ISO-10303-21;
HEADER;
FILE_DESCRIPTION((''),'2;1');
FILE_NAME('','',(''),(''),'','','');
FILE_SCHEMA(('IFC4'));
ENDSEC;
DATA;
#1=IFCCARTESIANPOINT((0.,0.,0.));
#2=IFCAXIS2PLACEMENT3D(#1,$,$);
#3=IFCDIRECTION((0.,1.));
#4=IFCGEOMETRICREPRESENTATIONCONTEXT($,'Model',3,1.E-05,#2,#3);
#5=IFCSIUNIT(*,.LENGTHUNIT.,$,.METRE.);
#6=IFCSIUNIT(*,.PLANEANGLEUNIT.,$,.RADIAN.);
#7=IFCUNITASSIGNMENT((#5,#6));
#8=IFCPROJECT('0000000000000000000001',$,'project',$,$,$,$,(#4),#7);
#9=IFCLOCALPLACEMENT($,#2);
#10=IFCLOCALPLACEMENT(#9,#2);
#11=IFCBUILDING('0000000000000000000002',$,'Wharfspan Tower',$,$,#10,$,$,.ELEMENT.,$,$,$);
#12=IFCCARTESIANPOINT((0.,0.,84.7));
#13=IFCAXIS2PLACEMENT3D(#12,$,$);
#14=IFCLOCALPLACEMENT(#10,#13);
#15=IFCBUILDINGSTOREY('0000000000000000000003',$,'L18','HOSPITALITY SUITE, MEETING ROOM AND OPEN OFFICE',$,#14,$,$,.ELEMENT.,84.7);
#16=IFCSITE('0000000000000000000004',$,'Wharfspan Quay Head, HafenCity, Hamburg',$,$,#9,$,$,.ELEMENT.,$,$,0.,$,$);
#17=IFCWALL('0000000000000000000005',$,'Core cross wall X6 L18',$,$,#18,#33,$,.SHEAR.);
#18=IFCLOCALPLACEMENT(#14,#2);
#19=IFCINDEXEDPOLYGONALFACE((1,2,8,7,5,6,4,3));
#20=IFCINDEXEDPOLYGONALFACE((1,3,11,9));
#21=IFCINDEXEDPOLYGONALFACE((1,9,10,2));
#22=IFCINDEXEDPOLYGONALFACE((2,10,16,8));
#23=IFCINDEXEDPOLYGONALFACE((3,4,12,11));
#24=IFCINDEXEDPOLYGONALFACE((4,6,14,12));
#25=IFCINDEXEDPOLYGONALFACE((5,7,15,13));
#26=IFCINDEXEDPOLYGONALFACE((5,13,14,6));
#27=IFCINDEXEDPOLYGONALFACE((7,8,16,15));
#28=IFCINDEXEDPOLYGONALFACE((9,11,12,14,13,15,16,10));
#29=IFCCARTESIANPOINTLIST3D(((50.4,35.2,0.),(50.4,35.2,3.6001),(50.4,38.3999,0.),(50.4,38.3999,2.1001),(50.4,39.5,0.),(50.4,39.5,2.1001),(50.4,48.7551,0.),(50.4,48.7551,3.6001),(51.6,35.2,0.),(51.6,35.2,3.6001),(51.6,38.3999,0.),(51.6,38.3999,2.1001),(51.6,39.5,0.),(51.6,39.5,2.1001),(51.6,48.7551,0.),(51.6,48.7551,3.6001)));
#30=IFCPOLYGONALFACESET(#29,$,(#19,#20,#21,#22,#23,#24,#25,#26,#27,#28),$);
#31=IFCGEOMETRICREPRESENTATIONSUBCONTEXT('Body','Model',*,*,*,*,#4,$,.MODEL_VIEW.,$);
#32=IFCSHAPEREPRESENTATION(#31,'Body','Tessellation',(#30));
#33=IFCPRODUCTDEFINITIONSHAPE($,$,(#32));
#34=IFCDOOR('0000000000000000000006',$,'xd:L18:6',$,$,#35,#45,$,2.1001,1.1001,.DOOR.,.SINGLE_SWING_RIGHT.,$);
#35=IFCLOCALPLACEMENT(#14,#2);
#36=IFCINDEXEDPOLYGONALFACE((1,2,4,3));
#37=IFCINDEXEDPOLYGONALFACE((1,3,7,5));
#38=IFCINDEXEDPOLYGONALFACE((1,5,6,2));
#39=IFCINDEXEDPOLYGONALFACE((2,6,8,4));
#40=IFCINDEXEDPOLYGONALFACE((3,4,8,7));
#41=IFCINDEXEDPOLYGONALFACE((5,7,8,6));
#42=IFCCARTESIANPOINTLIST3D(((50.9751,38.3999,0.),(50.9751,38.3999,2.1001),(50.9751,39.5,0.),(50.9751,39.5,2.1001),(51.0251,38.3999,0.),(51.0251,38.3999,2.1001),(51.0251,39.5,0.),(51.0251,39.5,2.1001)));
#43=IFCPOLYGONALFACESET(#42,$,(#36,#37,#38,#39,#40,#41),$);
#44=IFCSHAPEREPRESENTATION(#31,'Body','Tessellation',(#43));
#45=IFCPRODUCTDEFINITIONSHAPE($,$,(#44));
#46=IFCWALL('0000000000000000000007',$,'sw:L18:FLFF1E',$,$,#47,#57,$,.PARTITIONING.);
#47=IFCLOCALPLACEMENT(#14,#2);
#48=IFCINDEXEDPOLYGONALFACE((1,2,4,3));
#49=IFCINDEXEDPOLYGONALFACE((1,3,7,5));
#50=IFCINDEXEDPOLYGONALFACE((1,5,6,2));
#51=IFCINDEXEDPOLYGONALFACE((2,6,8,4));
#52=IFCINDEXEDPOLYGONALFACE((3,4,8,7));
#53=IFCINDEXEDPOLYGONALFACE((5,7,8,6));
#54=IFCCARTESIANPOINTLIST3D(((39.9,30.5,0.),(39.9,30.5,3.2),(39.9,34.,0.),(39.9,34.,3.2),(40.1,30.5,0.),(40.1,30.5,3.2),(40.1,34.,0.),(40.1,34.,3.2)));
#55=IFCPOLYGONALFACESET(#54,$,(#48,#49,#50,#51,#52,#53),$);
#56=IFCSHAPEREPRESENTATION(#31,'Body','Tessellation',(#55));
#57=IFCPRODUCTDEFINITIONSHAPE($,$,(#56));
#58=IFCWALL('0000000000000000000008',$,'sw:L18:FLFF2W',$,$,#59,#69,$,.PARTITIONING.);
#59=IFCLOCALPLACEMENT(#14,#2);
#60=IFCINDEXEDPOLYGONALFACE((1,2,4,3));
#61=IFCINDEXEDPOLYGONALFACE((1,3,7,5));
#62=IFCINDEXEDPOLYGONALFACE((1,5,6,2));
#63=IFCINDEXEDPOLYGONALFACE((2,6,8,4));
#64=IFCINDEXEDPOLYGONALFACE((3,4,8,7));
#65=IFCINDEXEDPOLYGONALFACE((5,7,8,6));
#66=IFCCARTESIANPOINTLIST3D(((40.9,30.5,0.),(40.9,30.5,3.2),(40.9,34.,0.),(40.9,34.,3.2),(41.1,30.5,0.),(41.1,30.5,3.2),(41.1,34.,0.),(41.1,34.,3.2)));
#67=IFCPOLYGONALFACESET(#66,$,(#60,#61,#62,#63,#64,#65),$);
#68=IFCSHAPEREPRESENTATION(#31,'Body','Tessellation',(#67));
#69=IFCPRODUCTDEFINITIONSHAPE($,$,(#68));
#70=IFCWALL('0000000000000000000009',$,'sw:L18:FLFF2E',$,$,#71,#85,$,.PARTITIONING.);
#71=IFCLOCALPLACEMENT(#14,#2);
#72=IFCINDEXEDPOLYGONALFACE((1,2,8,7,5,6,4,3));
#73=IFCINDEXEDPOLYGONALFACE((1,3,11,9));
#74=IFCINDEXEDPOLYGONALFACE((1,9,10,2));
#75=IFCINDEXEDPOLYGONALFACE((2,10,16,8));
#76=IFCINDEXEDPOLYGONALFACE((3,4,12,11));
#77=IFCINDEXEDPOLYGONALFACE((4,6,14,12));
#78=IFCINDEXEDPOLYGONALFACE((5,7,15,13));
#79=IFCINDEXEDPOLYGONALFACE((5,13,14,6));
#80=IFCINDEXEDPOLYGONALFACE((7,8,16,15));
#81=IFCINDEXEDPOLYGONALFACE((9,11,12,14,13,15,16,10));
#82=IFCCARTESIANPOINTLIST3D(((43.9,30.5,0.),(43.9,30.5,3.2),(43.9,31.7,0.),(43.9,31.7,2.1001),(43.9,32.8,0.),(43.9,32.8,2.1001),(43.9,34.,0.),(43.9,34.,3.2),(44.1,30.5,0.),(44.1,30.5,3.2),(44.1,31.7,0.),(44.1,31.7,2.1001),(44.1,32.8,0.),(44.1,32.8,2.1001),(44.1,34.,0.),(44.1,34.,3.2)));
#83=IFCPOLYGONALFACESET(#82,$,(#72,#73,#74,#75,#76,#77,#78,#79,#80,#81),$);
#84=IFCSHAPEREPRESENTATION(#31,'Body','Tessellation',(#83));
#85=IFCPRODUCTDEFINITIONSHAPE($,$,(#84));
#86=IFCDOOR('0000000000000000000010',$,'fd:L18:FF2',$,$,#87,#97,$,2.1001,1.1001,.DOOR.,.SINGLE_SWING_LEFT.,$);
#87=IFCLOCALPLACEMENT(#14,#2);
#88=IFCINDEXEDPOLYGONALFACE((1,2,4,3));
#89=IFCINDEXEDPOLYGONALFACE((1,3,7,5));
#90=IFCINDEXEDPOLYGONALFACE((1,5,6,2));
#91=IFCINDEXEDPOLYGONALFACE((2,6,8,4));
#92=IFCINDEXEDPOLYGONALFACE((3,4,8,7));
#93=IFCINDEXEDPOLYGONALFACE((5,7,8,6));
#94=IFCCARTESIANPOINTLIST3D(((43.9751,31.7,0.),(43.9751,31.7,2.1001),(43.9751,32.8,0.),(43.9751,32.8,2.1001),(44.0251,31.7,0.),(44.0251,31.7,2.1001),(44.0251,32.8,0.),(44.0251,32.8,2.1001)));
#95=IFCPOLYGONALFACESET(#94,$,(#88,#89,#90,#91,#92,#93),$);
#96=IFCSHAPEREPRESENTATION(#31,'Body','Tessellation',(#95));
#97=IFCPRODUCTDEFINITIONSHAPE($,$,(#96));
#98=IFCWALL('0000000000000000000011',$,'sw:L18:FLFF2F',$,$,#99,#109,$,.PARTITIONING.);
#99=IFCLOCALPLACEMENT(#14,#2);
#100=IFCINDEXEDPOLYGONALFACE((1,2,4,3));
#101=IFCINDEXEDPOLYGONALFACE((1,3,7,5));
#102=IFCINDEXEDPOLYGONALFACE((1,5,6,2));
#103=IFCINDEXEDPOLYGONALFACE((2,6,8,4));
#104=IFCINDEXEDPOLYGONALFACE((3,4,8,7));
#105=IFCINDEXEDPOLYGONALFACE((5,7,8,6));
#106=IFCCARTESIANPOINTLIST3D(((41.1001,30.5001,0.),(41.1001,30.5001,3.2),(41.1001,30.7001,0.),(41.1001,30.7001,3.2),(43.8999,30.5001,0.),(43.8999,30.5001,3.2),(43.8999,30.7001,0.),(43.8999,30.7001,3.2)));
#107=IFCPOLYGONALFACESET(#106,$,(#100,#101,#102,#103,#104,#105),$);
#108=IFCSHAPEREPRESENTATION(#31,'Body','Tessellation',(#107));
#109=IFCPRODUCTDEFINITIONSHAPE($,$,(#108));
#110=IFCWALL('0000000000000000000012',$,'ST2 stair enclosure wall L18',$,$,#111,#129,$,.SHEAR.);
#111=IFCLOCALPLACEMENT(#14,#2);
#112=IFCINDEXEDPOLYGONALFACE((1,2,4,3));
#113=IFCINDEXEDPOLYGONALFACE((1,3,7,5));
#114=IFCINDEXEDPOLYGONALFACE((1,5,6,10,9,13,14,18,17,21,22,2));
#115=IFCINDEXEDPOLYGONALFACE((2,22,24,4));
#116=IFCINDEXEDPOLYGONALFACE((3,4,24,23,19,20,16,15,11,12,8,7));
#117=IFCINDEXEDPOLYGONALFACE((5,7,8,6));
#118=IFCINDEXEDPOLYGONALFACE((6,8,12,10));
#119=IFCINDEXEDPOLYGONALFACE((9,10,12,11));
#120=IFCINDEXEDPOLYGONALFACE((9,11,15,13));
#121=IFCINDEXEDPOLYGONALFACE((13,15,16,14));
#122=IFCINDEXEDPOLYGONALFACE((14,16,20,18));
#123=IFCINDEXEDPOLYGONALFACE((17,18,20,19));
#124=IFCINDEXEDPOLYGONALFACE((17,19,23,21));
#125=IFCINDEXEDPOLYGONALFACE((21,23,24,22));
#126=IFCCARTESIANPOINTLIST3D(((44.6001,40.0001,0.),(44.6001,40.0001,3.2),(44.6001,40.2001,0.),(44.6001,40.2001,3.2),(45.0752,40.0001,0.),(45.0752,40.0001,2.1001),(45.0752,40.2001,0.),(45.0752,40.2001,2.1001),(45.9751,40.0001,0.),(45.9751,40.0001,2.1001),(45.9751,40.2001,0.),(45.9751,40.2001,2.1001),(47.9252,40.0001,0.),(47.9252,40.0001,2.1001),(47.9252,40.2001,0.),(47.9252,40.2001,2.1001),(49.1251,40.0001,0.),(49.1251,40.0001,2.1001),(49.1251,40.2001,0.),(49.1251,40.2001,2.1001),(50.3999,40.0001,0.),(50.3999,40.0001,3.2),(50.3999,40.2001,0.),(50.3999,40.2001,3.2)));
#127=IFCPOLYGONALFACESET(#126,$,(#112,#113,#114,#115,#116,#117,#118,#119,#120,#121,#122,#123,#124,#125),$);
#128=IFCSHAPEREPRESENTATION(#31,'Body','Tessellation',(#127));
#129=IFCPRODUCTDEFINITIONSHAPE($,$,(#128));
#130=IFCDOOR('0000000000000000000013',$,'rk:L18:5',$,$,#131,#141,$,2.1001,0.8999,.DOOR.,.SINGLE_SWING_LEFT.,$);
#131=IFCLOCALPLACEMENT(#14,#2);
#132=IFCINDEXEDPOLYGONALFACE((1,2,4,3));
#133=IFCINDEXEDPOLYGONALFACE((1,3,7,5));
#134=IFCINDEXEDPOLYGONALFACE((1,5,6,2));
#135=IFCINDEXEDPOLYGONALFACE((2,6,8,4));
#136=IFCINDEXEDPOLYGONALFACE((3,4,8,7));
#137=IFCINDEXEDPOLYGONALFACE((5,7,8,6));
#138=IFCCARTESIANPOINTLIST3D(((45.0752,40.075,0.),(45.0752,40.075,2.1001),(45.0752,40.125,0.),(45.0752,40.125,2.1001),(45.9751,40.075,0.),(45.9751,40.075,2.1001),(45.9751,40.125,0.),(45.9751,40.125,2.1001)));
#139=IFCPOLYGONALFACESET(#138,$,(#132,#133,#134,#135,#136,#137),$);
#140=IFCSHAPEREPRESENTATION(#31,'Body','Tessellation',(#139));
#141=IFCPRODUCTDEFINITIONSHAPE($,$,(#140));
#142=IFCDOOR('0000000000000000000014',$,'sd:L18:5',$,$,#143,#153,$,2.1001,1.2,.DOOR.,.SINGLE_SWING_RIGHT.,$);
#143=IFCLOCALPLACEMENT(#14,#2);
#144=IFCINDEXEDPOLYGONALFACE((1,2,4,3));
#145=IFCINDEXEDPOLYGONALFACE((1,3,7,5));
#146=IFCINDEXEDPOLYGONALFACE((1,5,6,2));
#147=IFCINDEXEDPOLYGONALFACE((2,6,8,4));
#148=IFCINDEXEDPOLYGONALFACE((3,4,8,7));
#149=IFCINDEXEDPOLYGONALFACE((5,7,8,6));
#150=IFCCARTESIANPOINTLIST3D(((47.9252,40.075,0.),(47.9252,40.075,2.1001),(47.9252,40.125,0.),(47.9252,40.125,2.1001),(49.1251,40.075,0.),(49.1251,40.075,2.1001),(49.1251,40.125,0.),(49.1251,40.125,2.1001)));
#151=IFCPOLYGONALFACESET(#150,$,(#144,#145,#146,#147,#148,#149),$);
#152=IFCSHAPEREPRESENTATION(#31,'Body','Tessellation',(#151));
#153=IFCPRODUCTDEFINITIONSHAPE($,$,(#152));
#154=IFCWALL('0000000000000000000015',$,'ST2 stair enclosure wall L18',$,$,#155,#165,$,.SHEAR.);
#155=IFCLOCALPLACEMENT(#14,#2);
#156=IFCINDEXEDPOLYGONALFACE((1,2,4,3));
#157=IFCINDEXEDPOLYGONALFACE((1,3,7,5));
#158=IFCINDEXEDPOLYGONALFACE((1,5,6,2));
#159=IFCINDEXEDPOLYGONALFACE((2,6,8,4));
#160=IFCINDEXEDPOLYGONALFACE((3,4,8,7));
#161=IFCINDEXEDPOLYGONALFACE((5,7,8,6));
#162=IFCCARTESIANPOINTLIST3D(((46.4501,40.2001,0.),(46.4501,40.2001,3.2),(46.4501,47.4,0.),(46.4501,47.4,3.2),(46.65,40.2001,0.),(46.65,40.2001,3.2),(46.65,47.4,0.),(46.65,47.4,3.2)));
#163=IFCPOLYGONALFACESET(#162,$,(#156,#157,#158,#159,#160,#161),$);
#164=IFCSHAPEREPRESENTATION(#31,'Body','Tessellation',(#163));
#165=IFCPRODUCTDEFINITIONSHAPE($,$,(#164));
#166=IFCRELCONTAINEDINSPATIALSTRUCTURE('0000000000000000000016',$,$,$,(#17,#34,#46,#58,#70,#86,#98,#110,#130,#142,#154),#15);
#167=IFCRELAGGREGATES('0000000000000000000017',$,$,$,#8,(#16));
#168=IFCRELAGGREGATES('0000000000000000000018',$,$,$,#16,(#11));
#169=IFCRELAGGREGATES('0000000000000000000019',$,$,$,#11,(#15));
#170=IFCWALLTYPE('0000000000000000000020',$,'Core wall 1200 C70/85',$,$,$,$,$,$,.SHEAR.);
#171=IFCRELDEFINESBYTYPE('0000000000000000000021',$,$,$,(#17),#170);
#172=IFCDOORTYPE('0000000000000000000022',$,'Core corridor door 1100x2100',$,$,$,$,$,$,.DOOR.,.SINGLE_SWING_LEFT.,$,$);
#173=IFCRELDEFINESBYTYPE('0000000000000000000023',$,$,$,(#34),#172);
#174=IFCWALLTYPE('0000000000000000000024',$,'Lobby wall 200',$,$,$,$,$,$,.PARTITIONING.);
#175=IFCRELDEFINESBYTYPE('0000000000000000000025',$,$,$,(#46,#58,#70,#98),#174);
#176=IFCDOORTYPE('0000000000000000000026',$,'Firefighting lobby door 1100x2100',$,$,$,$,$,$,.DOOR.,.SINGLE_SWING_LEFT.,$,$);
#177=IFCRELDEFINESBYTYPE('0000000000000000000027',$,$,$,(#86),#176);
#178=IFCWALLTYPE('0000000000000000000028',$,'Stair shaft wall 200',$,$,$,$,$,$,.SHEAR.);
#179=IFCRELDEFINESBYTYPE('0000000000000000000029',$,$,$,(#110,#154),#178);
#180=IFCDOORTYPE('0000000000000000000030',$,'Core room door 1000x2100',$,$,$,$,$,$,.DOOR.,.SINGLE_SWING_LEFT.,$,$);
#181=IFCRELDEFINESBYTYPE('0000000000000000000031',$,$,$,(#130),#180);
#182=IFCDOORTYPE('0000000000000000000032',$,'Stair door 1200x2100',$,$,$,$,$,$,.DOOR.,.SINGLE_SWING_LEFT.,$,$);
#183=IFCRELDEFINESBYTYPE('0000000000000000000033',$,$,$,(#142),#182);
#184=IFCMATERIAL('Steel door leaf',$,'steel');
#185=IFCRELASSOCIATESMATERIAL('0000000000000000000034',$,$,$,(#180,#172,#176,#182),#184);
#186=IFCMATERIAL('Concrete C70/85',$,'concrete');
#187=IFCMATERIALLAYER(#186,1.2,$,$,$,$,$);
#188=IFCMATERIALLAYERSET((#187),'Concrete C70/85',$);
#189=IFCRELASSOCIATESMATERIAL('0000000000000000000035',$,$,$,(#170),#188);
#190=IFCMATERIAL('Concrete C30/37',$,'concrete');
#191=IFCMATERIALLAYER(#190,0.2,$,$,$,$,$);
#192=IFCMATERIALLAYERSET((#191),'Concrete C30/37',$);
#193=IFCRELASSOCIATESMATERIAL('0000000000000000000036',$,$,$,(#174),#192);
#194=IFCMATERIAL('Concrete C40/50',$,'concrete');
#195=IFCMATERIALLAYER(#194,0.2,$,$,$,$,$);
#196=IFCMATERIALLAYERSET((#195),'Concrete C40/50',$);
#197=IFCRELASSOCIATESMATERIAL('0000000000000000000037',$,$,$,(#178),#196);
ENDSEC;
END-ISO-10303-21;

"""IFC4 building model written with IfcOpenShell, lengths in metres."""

from ifc_helpers import new_model, si_unit, direction, frame, frame_2d, origin, place, context, subcontext, project, spatial, rectangle, extrude, material, layer, layer_set, type_object, element, fill, save


model = new_model("IFC4")

# Units and contexts
model_context = context("Model", 3, precision=1e-05, world=origin(), true_north=direction((0.0, 1.0)))
body_context = subcontext(model_context, "Body", "Model", "MODEL_VIEW")
ifc_project = project(units=[si_unit("LENGTHUNIT", "METRE"), si_unit("PLANEANGLEUNIT", "RADIAN")], contexts=[model_context])

# Site, building, storey
site_placement = place(None, origin())
site = spatial("IfcSite", under=ifc_project, at=site_placement, Name="Wharfspan Quay Head, HafenCity, Hamburg", CompositionType="ELEMENT", RefElevation=0.0)
building_placement = place(site_placement, origin())
building = spatial("IfcBuilding", under=site, at=building_placement, Name="Wharfspan Tower", CompositionType="ELEMENT")
storey_placement = place(building_placement, frame((0.0, 0.0, 84.7)))
storey = spatial("IfcBuildingStorey", under=building, at=storey_placement, Name="L18", Description="HOSPITALITY SUITE, MEETING ROOM AND OPEN OFFICE", CompositionType="ELEMENT", Elevation=84.7)

# Shared definitions
ifc_material_1 = material(Name="Steel door leaf", Category="steel")
door_type_1 = type_object("IfcDoorType", Name="Core room door 1000x2100", OperationType="SINGLE_SWING_LEFT", PredefinedType="DOOR", material=ifc_material_1)

# Shared definitions
ifc_material_2 = material(Name="Concrete C70/85", Category="concrete")
ifc_layer_1 = layer(ifc_material_2, 1.2)
ifc_layer_set_1 = layer_set([ifc_layer_1], Name="Concrete C70/85")
wall_type_1 = type_object("IfcWallType", Name="Core wall 1200 C70/85", PredefinedType="SHEAR", material=ifc_layer_set_1)
door_type_2 = type_object("IfcDoorType", Name="Core corridor door 1100x2100", OperationType="SINGLE_SWING_LEFT", PredefinedType="DOOR", material=ifc_material_1)

# Wall, opening, door
wall_1_placement = place(storey_placement, frame((51.0, 35.2, 0.0), z_axis=(0.0, 0.0, 1.0), x_axis=(0.0, 1.0, 0.0)))
wall_1 = element("IfcWall", 1, at=wall_1_placement, inside=storey, type_object=wall_type_1, Name="Core cross wall X6 L18", PredefinedType="SHEAR", context=body_context, shape_type="SweptSolid", body=[
    extrude(rectangle(XDim=13.5552, YDim=1.2, at=frame_2d((6.7776, 0.0))), origin(), (0.0, 0.0, 1.0), 3.6001),
])
opening_1_placement = place(wall_1_placement, frame((3.2, 0.0, 0.0)))
opening_1 = element("IfcOpeningElement", 2, at=opening_1_placement, cuts=wall_1, PredefinedType="OPENING", context=body_context, shape_type="SweptSolid", body=[
    extrude(rectangle(XDim=1.1001, YDim=2.1001, at=frame_2d((0.55, 1.05))), frame((0.0, 0.6099, 0.0), z_axis=(0.0, -1.0, 0.0), x_axis=(1.0, 0.0, 0.0)), (0.0, 0.0, 1.0), 1.22),
])
door_1_placement = place(opening_1_placement, origin())
door_1 = element("IfcDoor", 3, at=door_1_placement, inside=storey, type_object=door_type_2, Name="xd:L18:6", OperationType="SINGLE_SWING_RIGHT", OverallHeight=2.1001, OverallWidth=1.1001, PredefinedType="DOOR", context=body_context, shape_type="SweptSolid", body=[
    extrude(rectangle(XDim=1.1001, YDim=2.1001, at=frame_2d((0.55, 1.05))), frame((0.0, 0.0249, 0.0), z_axis=(0.0, -1.0, 0.0), x_axis=(1.0, 0.0, 0.0)), (0.0, 0.0, 1.0), 0.05),
])
fill(opening_1, door_1)

# Walls
ifc_material_3 = material(Name="Concrete C30/37", Category="concrete")
ifc_layer_2 = layer(ifc_material_3, 0.2)
ifc_layer_set_2 = layer_set([ifc_layer_2], Name="Concrete C30/37")
wall_type_2 = type_object("IfcWallType", Name="Lobby wall 200", PredefinedType="PARTITIONING", material=ifc_layer_set_2)
for number, where, z_axis, x_axis, name in (
    (4, (40.0, 30.5, 0.0), (0.0, 0.0, 1.0), (0.0, 1.0, 0.0), "sw:L18:FLFF1E"),
    (5, (41.0, 30.5, 0.0), (0.0, 0.0, 1.0), (0.0, 1.0, 0.0), "sw:L18:FLFF2W"),
):
    element("IfcWall", number, at=place(storey_placement, frame(where, z_axis=z_axis, x_axis=x_axis)), inside=storey, type_object=wall_type_2, Name=name, PredefinedType="PARTITIONING", context=body_context, shape_type="SweptSolid", body=[
        extrude(rectangle(XDim=3.5, YDim=0.2, at=frame_2d((1.75, 0.0))), origin(), (0.0, 0.0, 1.0), 3.2),
    ])

# Wall, opening, door
wall_2_placement = place(storey_placement, frame((44.0, 30.5, 0.0), z_axis=(0.0, 0.0, 1.0), x_axis=(0.0, 1.0, 0.0)))
wall_2 = element("IfcWall", 6, at=wall_2_placement, inside=storey, type_object=wall_type_2, Name="sw:L18:FLFF2E", PredefinedType="PARTITIONING", context=body_context, shape_type="SweptSolid", body=[
    extrude(rectangle(XDim=3.5, YDim=0.2, at=frame_2d((1.75, 0.0))), origin(), (0.0, 0.0, 1.0), 3.2),
])
opening_2_placement = place(wall_2_placement, frame((1.2, 0.0, 0.0)))
opening_2 = element("IfcOpeningElement", 7, at=opening_2_placement, cuts=wall_2, PredefinedType="OPENING", context=body_context, shape_type="SweptSolid", body=[
    extrude(rectangle(XDim=1.1001, YDim=2.1001, at=frame_2d((0.55, 1.05))), frame((0.0, 0.1099, 0.0), z_axis=(0.0, -1.0, 0.0), x_axis=(1.0, 0.0, 0.0)), (0.0, 0.0, 1.0), 0.22),
])
door_type_3 = type_object("IfcDoorType", Name="Firefighting lobby door 1100x2100", OperationType="SINGLE_SWING_LEFT", PredefinedType="DOOR", material=ifc_material_1)
door_2_placement = place(opening_2_placement, origin())
door_2 = element("IfcDoor", 8, at=door_2_placement, inside=storey, type_object=door_type_3, Name="fd:L18:FF2", OperationType="SINGLE_SWING_LEFT", OverallHeight=2.1001, OverallWidth=1.1001, PredefinedType="DOOR", context=body_context, shape_type="SweptSolid", body=[
    extrude(rectangle(XDim=1.1001, YDim=2.1001, at=frame_2d((0.55, 1.05))), frame((0.0, 0.0249, 0.0), z_axis=(0.0, -1.0, 0.0), x_axis=(1.0, 0.0, 0.0)), (0.0, 0.0, 1.0), 0.05),
])
fill(opening_2, door_2)

# Wall
wall_3_placement = place(storey_placement, frame((41.1001, 30.6001, 0.0), z_axis=(0.0, 0.0, 1.0), x_axis=(1.0, 0.0, 0.0)))
element("IfcWall", 9, at=wall_3_placement, inside=storey, type_object=wall_type_2, Name="sw:L18:FLFF2F", PredefinedType="PARTITIONING", context=body_context, shape_type="SweptSolid", body=[
    extrude(rectangle(XDim=2.7998, YDim=0.2, at=frame_2d((1.3999, 0.0))), origin(), (0.0, 0.0, 1.0), 3.2),
])

# Wall, openings, doors
ifc_material_4 = material(Name="Concrete C40/50", Category="concrete")
ifc_layer_3 = layer(ifc_material_4, 0.2)
ifc_layer_set_3 = layer_set([ifc_layer_3], Name="Concrete C40/50")
wall_type_3 = type_object("IfcWallType", Name="Stair shaft wall 200", PredefinedType="SHEAR", material=ifc_layer_set_3)
wall_4_placement = place(storey_placement, frame((44.6001, 40.1001, 0.0), z_axis=(0.0, 0.0, 1.0), x_axis=(1.0, 0.0, 0.0)))
wall_4 = element("IfcWall", 10, at=wall_4_placement, inside=storey, type_object=wall_type_3, Name="ST2 stair enclosure wall L18", PredefinedType="SHEAR", context=body_context, shape_type="SweptSolid", body=[
    extrude(rectangle(XDim=5.7998, YDim=0.2, at=frame_2d((2.8999, 0.0))), origin(), (0.0, 0.0, 1.0), 3.2),
])
opening_3_placement = place(wall_4_placement, frame((3.325, 0.0, 0.0)))
opening_3 = element("IfcOpeningElement", 11, at=opening_3_placement, cuts=wall_4, PredefinedType="OPENING", context=body_context, shape_type="SweptSolid", body=[
    extrude(rectangle(XDim=1.2, YDim=2.1001, at=frame_2d((0.6001, 1.05))), frame((0.0, 0.1099, 0.0), z_axis=(0.0, -1.0, 0.0), x_axis=(1.0, 0.0, 0.0)), (0.0, 0.0, 1.0), 0.22),
])
opening_4_placement = place(wall_4_placement, frame((0.4751, 0.0, 0.0)))
opening_4 = element("IfcOpeningElement", 12, at=opening_4_placement, cuts=wall_4, PredefinedType="OPENING", context=body_context, shape_type="SweptSolid", body=[
    extrude(rectangle(XDim=0.8999, YDim=2.1001, at=frame_2d((0.45, 1.05))), frame((0.0, 0.1099, 0.0), z_axis=(0.0, -1.0, 0.0), x_axis=(1.0, 0.0, 0.0)), (0.0, 0.0, 1.0), 0.22),
])
door_3_placement = place(opening_4_placement, origin())
door_3 = element("IfcDoor", 13, at=door_3_placement, inside=storey, type_object=door_type_1, Name="rk:L18:5", OperationType="SINGLE_SWING_LEFT", OverallHeight=2.1001, OverallWidth=0.8999, PredefinedType="DOOR", context=body_context, shape_type="SweptSolid", body=[
    extrude(rectangle(XDim=0.8999, YDim=2.1001, at=frame_2d((0.45, 1.05))), frame((0.0, 0.0249, 0.0), z_axis=(0.0, -1.0, 0.0), x_axis=(1.0, 0.0, 0.0)), (0.0, 0.0, 1.0), 0.05),
])
fill(opening_4, door_3)
door_type_4 = type_object("IfcDoorType", Name="Stair door 1200x2100", OperationType="SINGLE_SWING_LEFT", PredefinedType="DOOR", material=ifc_material_1)
door_4_placement = place(opening_3_placement, origin())
door_4 = element("IfcDoor", 14, at=door_4_placement, inside=storey, type_object=door_type_4, Name="sd:L18:5", OperationType="SINGLE_SWING_RIGHT", OverallHeight=2.1001, OverallWidth=1.2, PredefinedType="DOOR", context=body_context, shape_type="SweptSolid", body=[
    extrude(rectangle(XDim=1.2, YDim=2.1001, at=frame_2d((0.6001, 1.05))), frame((0.0, 0.0249, 0.0), z_axis=(0.0, -1.0, 0.0), x_axis=(1.0, 0.0, 0.0)), (0.0, 0.0, 1.0), 0.05),
])
fill(opening_3, door_4)

# Wall
wall_5_placement = place(storey_placement, frame((46.55, 40.2, 0.0), z_axis=(0.0, 0.0, 1.0), x_axis=(0.0, 1.0, 0.0)))
element("IfcWall", 15, at=wall_5_placement, inside=storey, type_object=wall_type_3, Name="ST2 stair enclosure wall L18", PredefinedType="SHEAR", context=body_context, shape_type="SweptSolid", body=[
    extrude(rectangle(XDim=7.2, YDim=0.2, at=frame_2d((3.6001, 0.0))), origin(), (0.0, 0.0, 1.0), 3.2),
])

save(model, "model.ifc")
